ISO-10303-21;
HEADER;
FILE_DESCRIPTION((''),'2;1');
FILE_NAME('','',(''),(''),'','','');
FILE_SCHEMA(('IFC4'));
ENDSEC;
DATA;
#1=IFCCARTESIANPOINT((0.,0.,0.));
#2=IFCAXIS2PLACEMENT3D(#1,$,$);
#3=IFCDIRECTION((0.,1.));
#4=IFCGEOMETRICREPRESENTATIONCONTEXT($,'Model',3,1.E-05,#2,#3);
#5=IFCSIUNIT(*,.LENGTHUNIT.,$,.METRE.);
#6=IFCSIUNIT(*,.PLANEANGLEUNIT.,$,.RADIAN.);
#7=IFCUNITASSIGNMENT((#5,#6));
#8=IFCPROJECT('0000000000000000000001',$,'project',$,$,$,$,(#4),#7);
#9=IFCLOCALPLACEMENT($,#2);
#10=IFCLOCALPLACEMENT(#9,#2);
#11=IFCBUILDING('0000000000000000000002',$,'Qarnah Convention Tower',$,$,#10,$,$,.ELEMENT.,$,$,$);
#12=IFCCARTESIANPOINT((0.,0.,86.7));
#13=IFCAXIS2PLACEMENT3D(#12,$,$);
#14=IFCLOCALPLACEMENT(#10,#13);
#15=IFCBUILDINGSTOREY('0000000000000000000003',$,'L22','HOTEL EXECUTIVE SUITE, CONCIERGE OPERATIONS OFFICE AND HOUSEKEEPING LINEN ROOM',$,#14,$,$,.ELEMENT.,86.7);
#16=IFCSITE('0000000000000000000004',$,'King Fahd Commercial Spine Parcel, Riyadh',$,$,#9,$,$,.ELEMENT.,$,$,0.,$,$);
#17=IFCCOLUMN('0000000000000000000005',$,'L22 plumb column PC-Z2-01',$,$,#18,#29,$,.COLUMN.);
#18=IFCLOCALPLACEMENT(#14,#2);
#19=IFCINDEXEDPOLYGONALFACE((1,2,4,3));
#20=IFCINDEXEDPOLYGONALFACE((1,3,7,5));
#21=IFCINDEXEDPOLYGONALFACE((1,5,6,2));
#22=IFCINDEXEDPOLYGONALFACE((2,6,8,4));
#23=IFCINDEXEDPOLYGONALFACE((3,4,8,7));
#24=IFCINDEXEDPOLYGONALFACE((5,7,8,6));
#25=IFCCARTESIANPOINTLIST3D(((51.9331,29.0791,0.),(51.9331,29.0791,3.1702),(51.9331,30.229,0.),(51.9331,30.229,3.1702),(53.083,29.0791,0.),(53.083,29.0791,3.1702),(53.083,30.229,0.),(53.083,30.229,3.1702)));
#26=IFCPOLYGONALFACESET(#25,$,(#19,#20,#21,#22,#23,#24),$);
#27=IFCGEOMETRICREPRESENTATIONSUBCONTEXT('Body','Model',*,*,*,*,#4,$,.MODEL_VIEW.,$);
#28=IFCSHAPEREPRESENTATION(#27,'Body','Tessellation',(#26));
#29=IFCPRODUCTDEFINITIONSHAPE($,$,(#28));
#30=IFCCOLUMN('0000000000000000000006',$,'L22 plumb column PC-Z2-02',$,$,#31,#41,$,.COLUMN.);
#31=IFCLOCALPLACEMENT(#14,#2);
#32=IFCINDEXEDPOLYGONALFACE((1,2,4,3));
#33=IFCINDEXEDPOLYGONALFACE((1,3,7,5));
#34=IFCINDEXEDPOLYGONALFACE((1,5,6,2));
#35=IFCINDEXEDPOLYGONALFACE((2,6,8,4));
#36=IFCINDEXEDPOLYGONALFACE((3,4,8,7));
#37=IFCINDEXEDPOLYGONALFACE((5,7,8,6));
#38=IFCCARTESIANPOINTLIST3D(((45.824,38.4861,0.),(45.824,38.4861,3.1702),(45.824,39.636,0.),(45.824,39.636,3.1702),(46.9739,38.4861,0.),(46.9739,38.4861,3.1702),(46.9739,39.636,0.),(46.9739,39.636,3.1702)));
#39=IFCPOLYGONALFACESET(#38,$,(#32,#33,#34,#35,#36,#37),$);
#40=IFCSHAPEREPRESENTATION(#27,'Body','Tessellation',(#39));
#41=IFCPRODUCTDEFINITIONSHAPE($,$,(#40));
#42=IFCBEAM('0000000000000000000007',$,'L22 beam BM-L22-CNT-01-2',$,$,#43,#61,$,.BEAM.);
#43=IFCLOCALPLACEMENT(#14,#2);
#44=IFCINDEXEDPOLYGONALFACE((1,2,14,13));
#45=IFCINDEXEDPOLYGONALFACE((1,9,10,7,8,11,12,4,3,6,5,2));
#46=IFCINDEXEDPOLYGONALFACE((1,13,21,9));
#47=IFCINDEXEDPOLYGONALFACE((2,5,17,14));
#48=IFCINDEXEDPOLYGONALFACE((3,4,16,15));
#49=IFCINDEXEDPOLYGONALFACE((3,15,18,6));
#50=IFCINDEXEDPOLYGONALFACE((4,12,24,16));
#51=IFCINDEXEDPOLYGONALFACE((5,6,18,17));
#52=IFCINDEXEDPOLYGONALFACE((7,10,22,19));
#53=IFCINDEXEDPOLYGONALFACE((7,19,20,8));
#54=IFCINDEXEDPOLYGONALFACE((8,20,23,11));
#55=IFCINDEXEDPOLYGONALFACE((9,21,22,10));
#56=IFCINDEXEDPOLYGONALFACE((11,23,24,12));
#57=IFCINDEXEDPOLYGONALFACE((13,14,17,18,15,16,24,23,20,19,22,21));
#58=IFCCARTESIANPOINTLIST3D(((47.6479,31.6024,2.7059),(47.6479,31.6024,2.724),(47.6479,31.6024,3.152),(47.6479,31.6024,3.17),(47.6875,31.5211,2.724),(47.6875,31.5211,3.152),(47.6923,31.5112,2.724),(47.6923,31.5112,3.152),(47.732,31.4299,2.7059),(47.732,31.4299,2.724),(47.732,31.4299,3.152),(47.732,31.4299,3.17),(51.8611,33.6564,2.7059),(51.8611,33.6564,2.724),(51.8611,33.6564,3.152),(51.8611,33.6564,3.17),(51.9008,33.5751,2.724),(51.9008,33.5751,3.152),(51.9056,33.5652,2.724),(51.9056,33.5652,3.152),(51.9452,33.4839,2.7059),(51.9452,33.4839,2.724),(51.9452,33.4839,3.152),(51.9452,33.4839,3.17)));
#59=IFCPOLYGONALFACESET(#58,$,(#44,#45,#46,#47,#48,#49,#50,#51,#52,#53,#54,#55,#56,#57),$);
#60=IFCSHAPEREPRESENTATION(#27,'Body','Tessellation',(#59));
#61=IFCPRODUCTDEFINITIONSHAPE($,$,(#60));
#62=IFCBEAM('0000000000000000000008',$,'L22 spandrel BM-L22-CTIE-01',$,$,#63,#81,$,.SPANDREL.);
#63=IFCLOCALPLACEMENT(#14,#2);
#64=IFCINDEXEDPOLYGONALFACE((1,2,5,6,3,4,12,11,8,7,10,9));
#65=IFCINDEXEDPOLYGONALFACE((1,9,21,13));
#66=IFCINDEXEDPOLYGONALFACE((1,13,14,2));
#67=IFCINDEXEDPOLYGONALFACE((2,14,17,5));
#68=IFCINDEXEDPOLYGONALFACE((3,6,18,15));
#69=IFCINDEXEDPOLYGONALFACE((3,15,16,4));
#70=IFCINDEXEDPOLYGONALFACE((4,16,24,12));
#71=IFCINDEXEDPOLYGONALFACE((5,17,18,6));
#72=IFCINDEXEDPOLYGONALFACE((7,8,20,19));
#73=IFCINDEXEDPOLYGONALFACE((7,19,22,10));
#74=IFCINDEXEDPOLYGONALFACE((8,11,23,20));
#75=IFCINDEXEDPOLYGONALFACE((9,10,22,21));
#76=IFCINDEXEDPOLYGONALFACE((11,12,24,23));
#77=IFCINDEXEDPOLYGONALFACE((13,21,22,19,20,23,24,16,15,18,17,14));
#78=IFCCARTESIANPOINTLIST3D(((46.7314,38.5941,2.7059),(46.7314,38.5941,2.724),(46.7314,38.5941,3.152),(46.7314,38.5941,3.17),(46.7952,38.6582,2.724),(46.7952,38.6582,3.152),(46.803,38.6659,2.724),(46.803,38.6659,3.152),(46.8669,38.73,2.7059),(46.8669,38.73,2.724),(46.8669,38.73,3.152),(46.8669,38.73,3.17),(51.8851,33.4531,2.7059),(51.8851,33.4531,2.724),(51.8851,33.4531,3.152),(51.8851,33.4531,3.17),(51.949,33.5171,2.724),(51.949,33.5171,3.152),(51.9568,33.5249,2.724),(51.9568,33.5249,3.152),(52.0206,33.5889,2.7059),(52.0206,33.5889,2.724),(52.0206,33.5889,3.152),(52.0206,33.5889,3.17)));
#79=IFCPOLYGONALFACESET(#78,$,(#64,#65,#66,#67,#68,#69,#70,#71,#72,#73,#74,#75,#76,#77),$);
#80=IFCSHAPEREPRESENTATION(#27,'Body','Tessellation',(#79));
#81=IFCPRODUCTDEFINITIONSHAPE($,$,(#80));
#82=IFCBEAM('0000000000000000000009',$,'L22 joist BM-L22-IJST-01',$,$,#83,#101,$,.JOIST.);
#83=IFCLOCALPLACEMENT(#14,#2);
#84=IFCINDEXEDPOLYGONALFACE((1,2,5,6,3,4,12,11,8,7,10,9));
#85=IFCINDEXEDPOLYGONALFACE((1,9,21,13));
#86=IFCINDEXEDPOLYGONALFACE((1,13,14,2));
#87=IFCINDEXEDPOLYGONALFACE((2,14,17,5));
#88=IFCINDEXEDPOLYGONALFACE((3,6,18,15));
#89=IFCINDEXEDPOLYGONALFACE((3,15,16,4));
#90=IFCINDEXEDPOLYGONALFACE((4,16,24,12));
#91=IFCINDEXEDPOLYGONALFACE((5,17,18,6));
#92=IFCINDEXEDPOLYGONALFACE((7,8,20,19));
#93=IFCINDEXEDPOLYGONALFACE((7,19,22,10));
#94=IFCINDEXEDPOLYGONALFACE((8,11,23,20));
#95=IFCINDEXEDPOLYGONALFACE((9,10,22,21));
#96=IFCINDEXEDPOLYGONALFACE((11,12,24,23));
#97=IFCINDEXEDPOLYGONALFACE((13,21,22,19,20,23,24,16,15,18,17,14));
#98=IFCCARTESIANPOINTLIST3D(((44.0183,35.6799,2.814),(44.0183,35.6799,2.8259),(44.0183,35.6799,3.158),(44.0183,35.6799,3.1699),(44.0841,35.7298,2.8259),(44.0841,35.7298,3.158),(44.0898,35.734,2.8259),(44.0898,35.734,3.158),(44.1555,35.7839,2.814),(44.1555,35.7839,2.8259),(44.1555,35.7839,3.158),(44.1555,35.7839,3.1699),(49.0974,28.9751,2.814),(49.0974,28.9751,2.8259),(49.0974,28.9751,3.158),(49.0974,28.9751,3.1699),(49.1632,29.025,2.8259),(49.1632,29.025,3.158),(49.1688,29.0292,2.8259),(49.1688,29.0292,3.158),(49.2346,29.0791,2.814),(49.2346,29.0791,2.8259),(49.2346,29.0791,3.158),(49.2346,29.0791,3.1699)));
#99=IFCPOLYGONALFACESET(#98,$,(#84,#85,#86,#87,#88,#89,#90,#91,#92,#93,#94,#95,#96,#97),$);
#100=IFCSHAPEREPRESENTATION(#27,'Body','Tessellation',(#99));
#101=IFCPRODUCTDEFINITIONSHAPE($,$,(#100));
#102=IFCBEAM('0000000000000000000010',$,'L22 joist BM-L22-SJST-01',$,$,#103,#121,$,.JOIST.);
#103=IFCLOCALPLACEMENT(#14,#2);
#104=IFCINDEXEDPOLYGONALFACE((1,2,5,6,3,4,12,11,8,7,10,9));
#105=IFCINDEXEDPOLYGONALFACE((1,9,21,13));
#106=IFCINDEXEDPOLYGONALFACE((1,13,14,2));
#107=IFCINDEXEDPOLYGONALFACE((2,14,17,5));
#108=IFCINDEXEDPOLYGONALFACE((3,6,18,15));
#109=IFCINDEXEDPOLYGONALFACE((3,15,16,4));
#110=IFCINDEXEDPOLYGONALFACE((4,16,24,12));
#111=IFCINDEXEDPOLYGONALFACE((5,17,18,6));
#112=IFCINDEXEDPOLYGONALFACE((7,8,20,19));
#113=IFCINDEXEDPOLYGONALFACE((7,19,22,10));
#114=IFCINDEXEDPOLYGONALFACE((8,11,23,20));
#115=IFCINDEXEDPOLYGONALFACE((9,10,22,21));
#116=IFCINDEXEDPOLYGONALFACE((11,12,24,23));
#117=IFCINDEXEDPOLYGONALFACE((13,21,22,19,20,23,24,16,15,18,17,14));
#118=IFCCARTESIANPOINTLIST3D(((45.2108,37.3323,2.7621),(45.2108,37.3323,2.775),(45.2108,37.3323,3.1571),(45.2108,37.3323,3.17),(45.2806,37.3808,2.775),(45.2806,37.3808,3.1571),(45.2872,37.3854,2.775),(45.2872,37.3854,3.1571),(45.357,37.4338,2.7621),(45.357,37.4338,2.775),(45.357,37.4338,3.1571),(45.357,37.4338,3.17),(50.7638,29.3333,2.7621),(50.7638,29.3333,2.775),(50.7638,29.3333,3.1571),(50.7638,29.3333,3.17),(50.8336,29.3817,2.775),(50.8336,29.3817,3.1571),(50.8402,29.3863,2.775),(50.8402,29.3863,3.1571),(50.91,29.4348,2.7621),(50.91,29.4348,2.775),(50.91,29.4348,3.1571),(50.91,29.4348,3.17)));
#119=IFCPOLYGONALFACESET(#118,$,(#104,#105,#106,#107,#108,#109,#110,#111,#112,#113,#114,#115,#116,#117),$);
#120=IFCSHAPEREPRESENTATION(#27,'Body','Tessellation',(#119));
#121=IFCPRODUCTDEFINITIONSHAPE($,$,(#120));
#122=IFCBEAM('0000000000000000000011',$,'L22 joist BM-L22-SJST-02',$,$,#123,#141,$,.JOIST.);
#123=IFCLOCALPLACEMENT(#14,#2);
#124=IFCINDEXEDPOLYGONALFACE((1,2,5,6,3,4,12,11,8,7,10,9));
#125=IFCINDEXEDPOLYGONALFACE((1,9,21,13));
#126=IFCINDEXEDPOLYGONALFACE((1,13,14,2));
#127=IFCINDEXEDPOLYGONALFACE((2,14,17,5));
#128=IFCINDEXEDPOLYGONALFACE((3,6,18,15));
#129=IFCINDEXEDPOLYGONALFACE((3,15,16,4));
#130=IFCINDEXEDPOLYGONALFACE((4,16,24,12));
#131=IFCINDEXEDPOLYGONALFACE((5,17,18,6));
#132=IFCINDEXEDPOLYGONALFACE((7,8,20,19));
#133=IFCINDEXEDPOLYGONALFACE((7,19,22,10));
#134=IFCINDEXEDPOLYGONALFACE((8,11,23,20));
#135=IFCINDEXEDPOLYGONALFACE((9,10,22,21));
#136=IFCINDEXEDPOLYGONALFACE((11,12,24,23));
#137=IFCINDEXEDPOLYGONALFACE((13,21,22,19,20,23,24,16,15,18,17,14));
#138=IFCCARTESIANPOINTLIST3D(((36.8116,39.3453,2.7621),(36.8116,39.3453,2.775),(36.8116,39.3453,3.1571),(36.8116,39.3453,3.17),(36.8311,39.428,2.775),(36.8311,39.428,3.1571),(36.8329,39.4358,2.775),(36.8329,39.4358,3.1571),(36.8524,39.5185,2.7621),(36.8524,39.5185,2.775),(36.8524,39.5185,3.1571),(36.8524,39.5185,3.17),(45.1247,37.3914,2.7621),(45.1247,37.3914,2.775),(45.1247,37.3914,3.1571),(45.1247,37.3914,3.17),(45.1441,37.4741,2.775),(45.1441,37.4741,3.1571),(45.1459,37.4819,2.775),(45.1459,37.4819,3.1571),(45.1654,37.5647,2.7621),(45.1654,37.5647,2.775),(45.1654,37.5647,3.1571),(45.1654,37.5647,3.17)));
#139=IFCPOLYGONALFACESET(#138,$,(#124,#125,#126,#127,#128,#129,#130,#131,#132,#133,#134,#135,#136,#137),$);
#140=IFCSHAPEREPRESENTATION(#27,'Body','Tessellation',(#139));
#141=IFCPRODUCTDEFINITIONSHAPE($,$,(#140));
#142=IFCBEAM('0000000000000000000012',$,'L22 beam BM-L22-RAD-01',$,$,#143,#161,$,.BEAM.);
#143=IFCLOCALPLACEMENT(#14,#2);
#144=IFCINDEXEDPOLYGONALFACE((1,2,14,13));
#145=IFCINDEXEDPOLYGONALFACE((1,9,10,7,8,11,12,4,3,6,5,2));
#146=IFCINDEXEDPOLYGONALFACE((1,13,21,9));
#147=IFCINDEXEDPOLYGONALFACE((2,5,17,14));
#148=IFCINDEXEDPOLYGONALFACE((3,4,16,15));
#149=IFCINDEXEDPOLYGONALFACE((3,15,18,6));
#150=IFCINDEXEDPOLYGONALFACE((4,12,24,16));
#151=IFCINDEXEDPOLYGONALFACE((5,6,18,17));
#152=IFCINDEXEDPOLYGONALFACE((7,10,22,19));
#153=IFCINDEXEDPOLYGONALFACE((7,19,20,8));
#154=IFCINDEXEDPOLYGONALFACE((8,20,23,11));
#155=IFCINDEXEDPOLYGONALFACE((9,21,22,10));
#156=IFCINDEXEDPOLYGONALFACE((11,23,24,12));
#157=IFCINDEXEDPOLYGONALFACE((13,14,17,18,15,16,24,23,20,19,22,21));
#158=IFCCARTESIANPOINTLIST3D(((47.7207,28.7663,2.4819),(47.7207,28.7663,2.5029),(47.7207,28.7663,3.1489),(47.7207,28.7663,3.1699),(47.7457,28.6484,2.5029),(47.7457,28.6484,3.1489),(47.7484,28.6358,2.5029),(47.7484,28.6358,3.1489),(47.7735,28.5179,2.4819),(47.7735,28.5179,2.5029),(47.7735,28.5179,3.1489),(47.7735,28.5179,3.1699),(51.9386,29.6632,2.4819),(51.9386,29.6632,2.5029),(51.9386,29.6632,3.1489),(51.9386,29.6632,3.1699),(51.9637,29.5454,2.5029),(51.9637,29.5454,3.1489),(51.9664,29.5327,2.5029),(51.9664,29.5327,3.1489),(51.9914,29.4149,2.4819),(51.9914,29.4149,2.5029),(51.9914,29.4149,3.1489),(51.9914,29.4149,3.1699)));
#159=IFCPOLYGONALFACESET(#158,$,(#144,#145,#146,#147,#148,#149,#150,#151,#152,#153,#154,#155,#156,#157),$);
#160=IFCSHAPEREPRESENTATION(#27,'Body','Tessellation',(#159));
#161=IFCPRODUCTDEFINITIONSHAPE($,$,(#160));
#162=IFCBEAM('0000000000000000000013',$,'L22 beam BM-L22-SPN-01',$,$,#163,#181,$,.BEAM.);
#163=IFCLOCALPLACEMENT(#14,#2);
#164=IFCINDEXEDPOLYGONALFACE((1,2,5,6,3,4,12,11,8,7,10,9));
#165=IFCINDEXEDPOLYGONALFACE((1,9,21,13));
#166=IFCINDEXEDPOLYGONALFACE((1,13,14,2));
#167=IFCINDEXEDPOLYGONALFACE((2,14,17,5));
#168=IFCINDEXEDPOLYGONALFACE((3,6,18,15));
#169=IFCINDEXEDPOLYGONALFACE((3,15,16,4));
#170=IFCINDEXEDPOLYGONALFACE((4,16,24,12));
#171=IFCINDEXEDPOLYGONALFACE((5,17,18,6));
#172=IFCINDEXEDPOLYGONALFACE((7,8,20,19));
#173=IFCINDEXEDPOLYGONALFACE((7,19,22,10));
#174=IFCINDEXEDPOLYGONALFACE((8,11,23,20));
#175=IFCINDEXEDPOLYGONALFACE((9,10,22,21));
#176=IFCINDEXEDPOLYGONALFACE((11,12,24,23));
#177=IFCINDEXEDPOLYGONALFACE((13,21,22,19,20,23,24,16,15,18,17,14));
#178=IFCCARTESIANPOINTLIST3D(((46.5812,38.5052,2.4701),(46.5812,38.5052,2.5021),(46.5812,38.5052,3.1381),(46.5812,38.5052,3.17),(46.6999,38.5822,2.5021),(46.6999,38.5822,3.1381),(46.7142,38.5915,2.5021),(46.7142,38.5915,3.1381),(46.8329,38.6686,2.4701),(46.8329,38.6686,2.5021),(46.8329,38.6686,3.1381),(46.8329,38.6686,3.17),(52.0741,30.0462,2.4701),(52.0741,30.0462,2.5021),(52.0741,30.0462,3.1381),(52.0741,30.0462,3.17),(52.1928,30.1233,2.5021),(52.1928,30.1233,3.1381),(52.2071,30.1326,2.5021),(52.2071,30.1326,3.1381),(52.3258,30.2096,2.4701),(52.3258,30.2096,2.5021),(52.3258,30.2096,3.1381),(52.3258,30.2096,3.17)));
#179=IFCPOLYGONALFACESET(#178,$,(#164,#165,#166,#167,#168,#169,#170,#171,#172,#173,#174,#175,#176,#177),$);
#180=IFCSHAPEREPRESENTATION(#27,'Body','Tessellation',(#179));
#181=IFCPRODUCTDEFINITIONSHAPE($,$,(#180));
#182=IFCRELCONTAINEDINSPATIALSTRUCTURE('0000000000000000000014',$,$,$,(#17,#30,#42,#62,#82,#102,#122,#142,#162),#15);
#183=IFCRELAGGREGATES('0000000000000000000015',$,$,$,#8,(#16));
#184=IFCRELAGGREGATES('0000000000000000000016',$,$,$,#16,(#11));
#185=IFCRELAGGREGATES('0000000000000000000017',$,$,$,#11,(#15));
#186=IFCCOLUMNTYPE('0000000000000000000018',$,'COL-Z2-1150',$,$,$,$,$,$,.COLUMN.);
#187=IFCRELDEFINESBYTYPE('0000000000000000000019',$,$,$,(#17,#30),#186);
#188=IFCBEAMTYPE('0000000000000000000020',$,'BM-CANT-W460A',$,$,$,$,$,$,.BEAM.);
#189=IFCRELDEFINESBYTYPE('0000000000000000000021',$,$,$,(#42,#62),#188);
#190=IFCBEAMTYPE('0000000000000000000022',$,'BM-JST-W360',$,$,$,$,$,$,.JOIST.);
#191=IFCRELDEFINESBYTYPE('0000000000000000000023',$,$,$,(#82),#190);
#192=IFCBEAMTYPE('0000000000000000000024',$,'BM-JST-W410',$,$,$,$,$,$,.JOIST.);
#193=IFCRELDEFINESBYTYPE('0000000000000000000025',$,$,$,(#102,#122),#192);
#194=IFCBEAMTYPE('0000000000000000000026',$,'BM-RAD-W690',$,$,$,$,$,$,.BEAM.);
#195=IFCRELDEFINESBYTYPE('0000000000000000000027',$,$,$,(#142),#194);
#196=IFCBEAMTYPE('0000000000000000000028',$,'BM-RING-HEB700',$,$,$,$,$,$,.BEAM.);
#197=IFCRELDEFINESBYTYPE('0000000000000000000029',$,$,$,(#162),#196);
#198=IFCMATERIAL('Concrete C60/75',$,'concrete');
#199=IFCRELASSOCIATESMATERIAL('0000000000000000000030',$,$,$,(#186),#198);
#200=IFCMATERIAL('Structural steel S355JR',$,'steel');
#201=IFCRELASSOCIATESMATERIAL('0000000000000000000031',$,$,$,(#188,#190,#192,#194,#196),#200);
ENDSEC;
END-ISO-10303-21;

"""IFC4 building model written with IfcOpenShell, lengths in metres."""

from ifc_helpers import new_model, si_unit, direction, frame, origin, origin_2d, place, context, subcontext, project, spatial, rectangle, i_section, extrude, material, material_profile, profile_set, type_object, element, save


model = new_model("IFC4")

# Units and contexts
model_context = context("Model", 3, precision=1e-05, world=origin(), true_north=direction((0.0, 1.0)))
body_context = subcontext(model_context, "Body", "Model", "MODEL_VIEW")
ifc_project = project(units=[si_unit("LENGTHUNIT", "METRE"), si_unit("PLANEANGLEUNIT", "RADIAN")], contexts=[model_context])

# Site, building, storey
site_placement = place(None, origin())
site = spatial("IfcSite", under=ifc_project, at=site_placement, Name="King Fahd Commercial Spine Parcel, Riyadh", CompositionType="ELEMENT", RefElevation=0.0)
building_placement = place(site_placement, origin())
building = spatial("IfcBuilding", under=site, at=building_placement, Name="Qarnah Convention Tower", CompositionType="ELEMENT")
storey_placement = place(building_placement, frame((0.0, 0.0, 86.7)))
storey = spatial("IfcBuildingStorey", under=building, at=storey_placement, Name="L22", Description="HOTEL EXECUTIVE SUITE, CONCIERGE OPERATIONS OFFICE AND HOUSEKEEPING LINEN ROOM", CompositionType="ELEMENT", Elevation=86.7)

# Columns
ifc_material_1 = material(Name="Concrete C60/75", Category="concrete")
ifc_material_profile_1 = material_profile(ifc_material_1, rectangle(XDim=1.1499, YDim=1.1499, at=origin_2d()), Name="RC-COL-1150X1150")
ifc_profile_set_1 = profile_set([ifc_material_profile_1], Name="Concrete C60/75")
column_type = type_object("IfcColumnType", Name="COL-Z2-1150", PredefinedType="COLUMN", material=ifc_profile_set_1)
for number, where, z_axis, x_axis, name in (
    (1, (52.5081, 29.6541, 0.0), (0.0, 0.0, 1.0), (1.0, 0.0, 0.0), "L22 plumb column PC-Z2-01"),
    (2, (46.3989, 39.061, 0.0), (0.0, 0.0, 1.0), (1.0, 0.0, 0.0), "L22 plumb column PC-Z2-02"),
):
    element("IfcColumn", number, at=place(storey_placement, frame(where, z_axis=z_axis, x_axis=x_axis)), inside=storey, type_object=column_type, Name=name, PredefinedType="COLUMN", context=body_context, shape_type="SweptSolid", body=[
        extrude(rectangle(XDim=1.1499, YDim=1.1499, at=origin_2d()), origin(), (0.0, 0.0, 1.0), 3.1702),
    ])

# Beams
ifc_material_2 = material(Name="Structural steel S355JR", Category="steel")
ifc_material_profile_2 = material_profile(ifc_material_2, i_section(OverallWidth=0.1919, OverallDepth=0.4641, WebThickness=0.011, FlangeThickness=0.0181, at=origin_2d()), Name="W460X89")
ifc_profile_set_2 = profile_set([ifc_material_profile_2], Name="Structural steel S355JR")
beam_type_1 = type_object("IfcBeamType", Name="BM-CANT-W460A", PredefinedType="BEAM", material=ifc_profile_set_2)
beam_1_placement = place(storey_placement, frame((47.6899, 31.5161, 2.938), z_axis=(0.898872, 0.438211, 0.0), x_axis=(-0.438211, 0.898872, 0.0)))
element("IfcBeam", 3, at=beam_1_placement, inside=storey, type_object=beam_type_1, Name="L22 beam BM-L22-CNT-01-2", PredefinedType="BEAM", context=body_context, shape_type="SweptSolid", body=[
    extrude(i_section(OverallWidth=0.1919, OverallDepth=0.4641, WebThickness=0.011, FlangeThickness=0.0181, at=origin_2d()), origin(), (0.0, 0.0, 1.0), 4.6873),
])
beam_2_placement = place(storey_placement, frame((51.9529, 33.521, 2.938), z_axis=(-0.707978, 0.706234, 0.0), x_axis=(-0.706234, -0.707978, 0.0)))
element("IfcBeam", 4, at=beam_2_placement, inside=storey, type_object=beam_type_1, Name="L22 spandrel BM-L22-CTIE-01", PredefinedType="SPANDREL", context=body_context, shape_type="SweptSolid", body=[
    extrude(i_section(OverallWidth=0.1919, OverallDepth=0.4641, WebThickness=0.011, FlangeThickness=0.0181, at=origin_2d()), origin(), (0.0, 0.0, 1.0), 7.2795),
])
ifc_material_profile_3 = material_profile(ifc_material_2, i_section(OverallWidth=0.1721, OverallDepth=0.356, WebThickness=0.0071, FlangeThickness=0.012, at=origin_2d()), Name="W360X51")
ifc_profile_set_3 = profile_set([ifc_material_profile_3], Name="Structural steel S355JR")
beam_type_2 = type_object("IfcBeamType", Name="BM-JST-W360", PredefinedType="JOIST", material=ifc_profile_set_3)
beam_3_placement = place(storey_placement, frame((49.166, 29.0271, 2.9919), z_axis=(-0.603834, 0.79711, 0.0), x_axis=(-0.79711, -0.603834, 0.0)))
element("IfcBeam", 5, at=beam_3_placement, inside=storey, type_object=beam_type_2, Name="L22 joist BM-L22-IJST-01", PredefinedType="JOIST", context=body_context, shape_type="SweptSolid", body=[
    extrude(i_section(OverallWidth=0.1721, OverallDepth=0.356, WebThickness=0.0071, FlangeThickness=0.012, at=origin_2d()), origin(), (0.0, 0.0, 1.0), 8.4114),
])
ifc_material_profile_4 = material_profile(ifc_material_2, i_section(OverallWidth=0.178, OverallDepth=0.408, WebThickness=0.0081, FlangeThickness=0.0129, at=origin_2d()), Name="W410X60")
ifc_profile_set_4 = profile_set([ifc_material_profile_4], Name="Structural steel S355JR")
beam_type_3 = type_object("IfcBeamType", Name="BM-JST-W410", PredefinedType="JOIST", material=ifc_profile_set_4)
beam_4_placement = place(storey_placement, frame((50.8369, 29.384, 2.9661), z_axis=(-0.570264, 0.821461, 0.0), x_axis=(-0.821461, -0.570264, 0.0)))
element("IfcBeam", 6, at=beam_4_placement, inside=storey, type_object=beam_type_3, Name="L22 joist BM-L22-SJST-01", PredefinedType="JOIST", context=body_context, shape_type="SweptSolid", body=[
    extrude(i_section(OverallWidth=0.178, OverallDepth=0.408, WebThickness=0.0081, FlangeThickness=0.0129, at=origin_2d()), origin(), (0.0, 0.0, 1.0), 9.7375),
])
beam_5_placement = place(storey_placement, frame((45.145, 37.478, 2.9661), z_axis=(-0.973473, 0.228802, 0.0), x_axis=(-0.228802, -0.973473, 0.0)))
element("IfcBeam", 7, at=beam_5_placement, inside=storey, type_object=beam_type_3, Name="L22 joist BM-L22-SJST-02", PredefinedType="JOIST", context=body_context, shape_type="SweptSolid", body=[
    extrude(i_section(OverallWidth=0.178, OverallDepth=0.408, WebThickness=0.0081, FlangeThickness=0.0129, at=origin_2d()), origin(), (0.0, 0.0, 1.0), 8.5396),
])
ifc_material_profile_5 = material_profile(ifc_material_2, i_section(OverallWidth=0.2539, OverallDepth=0.688, WebThickness=0.0129, FlangeThickness=0.021, at=origin_2d()), Name="W690X152")
ifc_profile_set_5 = profile_set([ifc_material_profile_5], Name="Structural steel S355JR")
beam_type_4 = type_object("IfcBeamType", Name="BM-RAD-W690", PredefinedType="BEAM", material=ifc_profile_set_5)
beam_6_placement = place(storey_placement, frame((47.7471, 28.6421, 2.8259), z_axis=(0.978128, 0.208002, 0.0), x_axis=(-0.208002, 0.978128, 0.0)))
element("IfcBeam", 8, at=beam_6_placement, inside=storey, type_object=beam_type_4, Name="L22 beam BM-L22-RAD-01", PredefinedType="BEAM", context=body_context, shape_type="SweptSolid", body=[
    extrude(i_section(OverallWidth=0.2539, OverallDepth=0.688, WebThickness=0.0129, FlangeThickness=0.021, at=origin_2d()), origin(), (0.0, 0.0, 1.0), 4.3123),
])
ifc_material_profile_6 = material_profile(ifc_material_2, i_section(OverallWidth=0.3, OverallDepth=0.7, WebThickness=0.0171, FlangeThickness=0.032, at=origin_2d()), Name="HEB700")
ifc_profile_set_6 = profile_set([ifc_material_profile_6], Name="Structural steel S355JR")
beam_type_5 = type_object("IfcBeamType", Name="BM-RING-HEB700", PredefinedType="BEAM", material=ifc_profile_set_6)
beam_7_placement = place(storey_placement, frame((52.2, 30.1279, 2.8201), z_axis=(-0.544611, 0.838689, 0.0), x_axis=(-0.838689, -0.544611, 0.0)))
element("IfcBeam", 9, at=beam_7_placement, inside=storey, type_object=beam_type_5, Name="L22 beam BM-L22-SPN-01", PredefinedType="BEAM", context=body_context, shape_type="SweptSolid", body=[
    extrude(i_section(OverallWidth=0.3, OverallDepth=0.7, WebThickness=0.0171, FlangeThickness=0.032, at=origin_2d()), origin(), (0.0, 0.0, 1.0), 10.0859),
])

save(model, "model.ifc")
